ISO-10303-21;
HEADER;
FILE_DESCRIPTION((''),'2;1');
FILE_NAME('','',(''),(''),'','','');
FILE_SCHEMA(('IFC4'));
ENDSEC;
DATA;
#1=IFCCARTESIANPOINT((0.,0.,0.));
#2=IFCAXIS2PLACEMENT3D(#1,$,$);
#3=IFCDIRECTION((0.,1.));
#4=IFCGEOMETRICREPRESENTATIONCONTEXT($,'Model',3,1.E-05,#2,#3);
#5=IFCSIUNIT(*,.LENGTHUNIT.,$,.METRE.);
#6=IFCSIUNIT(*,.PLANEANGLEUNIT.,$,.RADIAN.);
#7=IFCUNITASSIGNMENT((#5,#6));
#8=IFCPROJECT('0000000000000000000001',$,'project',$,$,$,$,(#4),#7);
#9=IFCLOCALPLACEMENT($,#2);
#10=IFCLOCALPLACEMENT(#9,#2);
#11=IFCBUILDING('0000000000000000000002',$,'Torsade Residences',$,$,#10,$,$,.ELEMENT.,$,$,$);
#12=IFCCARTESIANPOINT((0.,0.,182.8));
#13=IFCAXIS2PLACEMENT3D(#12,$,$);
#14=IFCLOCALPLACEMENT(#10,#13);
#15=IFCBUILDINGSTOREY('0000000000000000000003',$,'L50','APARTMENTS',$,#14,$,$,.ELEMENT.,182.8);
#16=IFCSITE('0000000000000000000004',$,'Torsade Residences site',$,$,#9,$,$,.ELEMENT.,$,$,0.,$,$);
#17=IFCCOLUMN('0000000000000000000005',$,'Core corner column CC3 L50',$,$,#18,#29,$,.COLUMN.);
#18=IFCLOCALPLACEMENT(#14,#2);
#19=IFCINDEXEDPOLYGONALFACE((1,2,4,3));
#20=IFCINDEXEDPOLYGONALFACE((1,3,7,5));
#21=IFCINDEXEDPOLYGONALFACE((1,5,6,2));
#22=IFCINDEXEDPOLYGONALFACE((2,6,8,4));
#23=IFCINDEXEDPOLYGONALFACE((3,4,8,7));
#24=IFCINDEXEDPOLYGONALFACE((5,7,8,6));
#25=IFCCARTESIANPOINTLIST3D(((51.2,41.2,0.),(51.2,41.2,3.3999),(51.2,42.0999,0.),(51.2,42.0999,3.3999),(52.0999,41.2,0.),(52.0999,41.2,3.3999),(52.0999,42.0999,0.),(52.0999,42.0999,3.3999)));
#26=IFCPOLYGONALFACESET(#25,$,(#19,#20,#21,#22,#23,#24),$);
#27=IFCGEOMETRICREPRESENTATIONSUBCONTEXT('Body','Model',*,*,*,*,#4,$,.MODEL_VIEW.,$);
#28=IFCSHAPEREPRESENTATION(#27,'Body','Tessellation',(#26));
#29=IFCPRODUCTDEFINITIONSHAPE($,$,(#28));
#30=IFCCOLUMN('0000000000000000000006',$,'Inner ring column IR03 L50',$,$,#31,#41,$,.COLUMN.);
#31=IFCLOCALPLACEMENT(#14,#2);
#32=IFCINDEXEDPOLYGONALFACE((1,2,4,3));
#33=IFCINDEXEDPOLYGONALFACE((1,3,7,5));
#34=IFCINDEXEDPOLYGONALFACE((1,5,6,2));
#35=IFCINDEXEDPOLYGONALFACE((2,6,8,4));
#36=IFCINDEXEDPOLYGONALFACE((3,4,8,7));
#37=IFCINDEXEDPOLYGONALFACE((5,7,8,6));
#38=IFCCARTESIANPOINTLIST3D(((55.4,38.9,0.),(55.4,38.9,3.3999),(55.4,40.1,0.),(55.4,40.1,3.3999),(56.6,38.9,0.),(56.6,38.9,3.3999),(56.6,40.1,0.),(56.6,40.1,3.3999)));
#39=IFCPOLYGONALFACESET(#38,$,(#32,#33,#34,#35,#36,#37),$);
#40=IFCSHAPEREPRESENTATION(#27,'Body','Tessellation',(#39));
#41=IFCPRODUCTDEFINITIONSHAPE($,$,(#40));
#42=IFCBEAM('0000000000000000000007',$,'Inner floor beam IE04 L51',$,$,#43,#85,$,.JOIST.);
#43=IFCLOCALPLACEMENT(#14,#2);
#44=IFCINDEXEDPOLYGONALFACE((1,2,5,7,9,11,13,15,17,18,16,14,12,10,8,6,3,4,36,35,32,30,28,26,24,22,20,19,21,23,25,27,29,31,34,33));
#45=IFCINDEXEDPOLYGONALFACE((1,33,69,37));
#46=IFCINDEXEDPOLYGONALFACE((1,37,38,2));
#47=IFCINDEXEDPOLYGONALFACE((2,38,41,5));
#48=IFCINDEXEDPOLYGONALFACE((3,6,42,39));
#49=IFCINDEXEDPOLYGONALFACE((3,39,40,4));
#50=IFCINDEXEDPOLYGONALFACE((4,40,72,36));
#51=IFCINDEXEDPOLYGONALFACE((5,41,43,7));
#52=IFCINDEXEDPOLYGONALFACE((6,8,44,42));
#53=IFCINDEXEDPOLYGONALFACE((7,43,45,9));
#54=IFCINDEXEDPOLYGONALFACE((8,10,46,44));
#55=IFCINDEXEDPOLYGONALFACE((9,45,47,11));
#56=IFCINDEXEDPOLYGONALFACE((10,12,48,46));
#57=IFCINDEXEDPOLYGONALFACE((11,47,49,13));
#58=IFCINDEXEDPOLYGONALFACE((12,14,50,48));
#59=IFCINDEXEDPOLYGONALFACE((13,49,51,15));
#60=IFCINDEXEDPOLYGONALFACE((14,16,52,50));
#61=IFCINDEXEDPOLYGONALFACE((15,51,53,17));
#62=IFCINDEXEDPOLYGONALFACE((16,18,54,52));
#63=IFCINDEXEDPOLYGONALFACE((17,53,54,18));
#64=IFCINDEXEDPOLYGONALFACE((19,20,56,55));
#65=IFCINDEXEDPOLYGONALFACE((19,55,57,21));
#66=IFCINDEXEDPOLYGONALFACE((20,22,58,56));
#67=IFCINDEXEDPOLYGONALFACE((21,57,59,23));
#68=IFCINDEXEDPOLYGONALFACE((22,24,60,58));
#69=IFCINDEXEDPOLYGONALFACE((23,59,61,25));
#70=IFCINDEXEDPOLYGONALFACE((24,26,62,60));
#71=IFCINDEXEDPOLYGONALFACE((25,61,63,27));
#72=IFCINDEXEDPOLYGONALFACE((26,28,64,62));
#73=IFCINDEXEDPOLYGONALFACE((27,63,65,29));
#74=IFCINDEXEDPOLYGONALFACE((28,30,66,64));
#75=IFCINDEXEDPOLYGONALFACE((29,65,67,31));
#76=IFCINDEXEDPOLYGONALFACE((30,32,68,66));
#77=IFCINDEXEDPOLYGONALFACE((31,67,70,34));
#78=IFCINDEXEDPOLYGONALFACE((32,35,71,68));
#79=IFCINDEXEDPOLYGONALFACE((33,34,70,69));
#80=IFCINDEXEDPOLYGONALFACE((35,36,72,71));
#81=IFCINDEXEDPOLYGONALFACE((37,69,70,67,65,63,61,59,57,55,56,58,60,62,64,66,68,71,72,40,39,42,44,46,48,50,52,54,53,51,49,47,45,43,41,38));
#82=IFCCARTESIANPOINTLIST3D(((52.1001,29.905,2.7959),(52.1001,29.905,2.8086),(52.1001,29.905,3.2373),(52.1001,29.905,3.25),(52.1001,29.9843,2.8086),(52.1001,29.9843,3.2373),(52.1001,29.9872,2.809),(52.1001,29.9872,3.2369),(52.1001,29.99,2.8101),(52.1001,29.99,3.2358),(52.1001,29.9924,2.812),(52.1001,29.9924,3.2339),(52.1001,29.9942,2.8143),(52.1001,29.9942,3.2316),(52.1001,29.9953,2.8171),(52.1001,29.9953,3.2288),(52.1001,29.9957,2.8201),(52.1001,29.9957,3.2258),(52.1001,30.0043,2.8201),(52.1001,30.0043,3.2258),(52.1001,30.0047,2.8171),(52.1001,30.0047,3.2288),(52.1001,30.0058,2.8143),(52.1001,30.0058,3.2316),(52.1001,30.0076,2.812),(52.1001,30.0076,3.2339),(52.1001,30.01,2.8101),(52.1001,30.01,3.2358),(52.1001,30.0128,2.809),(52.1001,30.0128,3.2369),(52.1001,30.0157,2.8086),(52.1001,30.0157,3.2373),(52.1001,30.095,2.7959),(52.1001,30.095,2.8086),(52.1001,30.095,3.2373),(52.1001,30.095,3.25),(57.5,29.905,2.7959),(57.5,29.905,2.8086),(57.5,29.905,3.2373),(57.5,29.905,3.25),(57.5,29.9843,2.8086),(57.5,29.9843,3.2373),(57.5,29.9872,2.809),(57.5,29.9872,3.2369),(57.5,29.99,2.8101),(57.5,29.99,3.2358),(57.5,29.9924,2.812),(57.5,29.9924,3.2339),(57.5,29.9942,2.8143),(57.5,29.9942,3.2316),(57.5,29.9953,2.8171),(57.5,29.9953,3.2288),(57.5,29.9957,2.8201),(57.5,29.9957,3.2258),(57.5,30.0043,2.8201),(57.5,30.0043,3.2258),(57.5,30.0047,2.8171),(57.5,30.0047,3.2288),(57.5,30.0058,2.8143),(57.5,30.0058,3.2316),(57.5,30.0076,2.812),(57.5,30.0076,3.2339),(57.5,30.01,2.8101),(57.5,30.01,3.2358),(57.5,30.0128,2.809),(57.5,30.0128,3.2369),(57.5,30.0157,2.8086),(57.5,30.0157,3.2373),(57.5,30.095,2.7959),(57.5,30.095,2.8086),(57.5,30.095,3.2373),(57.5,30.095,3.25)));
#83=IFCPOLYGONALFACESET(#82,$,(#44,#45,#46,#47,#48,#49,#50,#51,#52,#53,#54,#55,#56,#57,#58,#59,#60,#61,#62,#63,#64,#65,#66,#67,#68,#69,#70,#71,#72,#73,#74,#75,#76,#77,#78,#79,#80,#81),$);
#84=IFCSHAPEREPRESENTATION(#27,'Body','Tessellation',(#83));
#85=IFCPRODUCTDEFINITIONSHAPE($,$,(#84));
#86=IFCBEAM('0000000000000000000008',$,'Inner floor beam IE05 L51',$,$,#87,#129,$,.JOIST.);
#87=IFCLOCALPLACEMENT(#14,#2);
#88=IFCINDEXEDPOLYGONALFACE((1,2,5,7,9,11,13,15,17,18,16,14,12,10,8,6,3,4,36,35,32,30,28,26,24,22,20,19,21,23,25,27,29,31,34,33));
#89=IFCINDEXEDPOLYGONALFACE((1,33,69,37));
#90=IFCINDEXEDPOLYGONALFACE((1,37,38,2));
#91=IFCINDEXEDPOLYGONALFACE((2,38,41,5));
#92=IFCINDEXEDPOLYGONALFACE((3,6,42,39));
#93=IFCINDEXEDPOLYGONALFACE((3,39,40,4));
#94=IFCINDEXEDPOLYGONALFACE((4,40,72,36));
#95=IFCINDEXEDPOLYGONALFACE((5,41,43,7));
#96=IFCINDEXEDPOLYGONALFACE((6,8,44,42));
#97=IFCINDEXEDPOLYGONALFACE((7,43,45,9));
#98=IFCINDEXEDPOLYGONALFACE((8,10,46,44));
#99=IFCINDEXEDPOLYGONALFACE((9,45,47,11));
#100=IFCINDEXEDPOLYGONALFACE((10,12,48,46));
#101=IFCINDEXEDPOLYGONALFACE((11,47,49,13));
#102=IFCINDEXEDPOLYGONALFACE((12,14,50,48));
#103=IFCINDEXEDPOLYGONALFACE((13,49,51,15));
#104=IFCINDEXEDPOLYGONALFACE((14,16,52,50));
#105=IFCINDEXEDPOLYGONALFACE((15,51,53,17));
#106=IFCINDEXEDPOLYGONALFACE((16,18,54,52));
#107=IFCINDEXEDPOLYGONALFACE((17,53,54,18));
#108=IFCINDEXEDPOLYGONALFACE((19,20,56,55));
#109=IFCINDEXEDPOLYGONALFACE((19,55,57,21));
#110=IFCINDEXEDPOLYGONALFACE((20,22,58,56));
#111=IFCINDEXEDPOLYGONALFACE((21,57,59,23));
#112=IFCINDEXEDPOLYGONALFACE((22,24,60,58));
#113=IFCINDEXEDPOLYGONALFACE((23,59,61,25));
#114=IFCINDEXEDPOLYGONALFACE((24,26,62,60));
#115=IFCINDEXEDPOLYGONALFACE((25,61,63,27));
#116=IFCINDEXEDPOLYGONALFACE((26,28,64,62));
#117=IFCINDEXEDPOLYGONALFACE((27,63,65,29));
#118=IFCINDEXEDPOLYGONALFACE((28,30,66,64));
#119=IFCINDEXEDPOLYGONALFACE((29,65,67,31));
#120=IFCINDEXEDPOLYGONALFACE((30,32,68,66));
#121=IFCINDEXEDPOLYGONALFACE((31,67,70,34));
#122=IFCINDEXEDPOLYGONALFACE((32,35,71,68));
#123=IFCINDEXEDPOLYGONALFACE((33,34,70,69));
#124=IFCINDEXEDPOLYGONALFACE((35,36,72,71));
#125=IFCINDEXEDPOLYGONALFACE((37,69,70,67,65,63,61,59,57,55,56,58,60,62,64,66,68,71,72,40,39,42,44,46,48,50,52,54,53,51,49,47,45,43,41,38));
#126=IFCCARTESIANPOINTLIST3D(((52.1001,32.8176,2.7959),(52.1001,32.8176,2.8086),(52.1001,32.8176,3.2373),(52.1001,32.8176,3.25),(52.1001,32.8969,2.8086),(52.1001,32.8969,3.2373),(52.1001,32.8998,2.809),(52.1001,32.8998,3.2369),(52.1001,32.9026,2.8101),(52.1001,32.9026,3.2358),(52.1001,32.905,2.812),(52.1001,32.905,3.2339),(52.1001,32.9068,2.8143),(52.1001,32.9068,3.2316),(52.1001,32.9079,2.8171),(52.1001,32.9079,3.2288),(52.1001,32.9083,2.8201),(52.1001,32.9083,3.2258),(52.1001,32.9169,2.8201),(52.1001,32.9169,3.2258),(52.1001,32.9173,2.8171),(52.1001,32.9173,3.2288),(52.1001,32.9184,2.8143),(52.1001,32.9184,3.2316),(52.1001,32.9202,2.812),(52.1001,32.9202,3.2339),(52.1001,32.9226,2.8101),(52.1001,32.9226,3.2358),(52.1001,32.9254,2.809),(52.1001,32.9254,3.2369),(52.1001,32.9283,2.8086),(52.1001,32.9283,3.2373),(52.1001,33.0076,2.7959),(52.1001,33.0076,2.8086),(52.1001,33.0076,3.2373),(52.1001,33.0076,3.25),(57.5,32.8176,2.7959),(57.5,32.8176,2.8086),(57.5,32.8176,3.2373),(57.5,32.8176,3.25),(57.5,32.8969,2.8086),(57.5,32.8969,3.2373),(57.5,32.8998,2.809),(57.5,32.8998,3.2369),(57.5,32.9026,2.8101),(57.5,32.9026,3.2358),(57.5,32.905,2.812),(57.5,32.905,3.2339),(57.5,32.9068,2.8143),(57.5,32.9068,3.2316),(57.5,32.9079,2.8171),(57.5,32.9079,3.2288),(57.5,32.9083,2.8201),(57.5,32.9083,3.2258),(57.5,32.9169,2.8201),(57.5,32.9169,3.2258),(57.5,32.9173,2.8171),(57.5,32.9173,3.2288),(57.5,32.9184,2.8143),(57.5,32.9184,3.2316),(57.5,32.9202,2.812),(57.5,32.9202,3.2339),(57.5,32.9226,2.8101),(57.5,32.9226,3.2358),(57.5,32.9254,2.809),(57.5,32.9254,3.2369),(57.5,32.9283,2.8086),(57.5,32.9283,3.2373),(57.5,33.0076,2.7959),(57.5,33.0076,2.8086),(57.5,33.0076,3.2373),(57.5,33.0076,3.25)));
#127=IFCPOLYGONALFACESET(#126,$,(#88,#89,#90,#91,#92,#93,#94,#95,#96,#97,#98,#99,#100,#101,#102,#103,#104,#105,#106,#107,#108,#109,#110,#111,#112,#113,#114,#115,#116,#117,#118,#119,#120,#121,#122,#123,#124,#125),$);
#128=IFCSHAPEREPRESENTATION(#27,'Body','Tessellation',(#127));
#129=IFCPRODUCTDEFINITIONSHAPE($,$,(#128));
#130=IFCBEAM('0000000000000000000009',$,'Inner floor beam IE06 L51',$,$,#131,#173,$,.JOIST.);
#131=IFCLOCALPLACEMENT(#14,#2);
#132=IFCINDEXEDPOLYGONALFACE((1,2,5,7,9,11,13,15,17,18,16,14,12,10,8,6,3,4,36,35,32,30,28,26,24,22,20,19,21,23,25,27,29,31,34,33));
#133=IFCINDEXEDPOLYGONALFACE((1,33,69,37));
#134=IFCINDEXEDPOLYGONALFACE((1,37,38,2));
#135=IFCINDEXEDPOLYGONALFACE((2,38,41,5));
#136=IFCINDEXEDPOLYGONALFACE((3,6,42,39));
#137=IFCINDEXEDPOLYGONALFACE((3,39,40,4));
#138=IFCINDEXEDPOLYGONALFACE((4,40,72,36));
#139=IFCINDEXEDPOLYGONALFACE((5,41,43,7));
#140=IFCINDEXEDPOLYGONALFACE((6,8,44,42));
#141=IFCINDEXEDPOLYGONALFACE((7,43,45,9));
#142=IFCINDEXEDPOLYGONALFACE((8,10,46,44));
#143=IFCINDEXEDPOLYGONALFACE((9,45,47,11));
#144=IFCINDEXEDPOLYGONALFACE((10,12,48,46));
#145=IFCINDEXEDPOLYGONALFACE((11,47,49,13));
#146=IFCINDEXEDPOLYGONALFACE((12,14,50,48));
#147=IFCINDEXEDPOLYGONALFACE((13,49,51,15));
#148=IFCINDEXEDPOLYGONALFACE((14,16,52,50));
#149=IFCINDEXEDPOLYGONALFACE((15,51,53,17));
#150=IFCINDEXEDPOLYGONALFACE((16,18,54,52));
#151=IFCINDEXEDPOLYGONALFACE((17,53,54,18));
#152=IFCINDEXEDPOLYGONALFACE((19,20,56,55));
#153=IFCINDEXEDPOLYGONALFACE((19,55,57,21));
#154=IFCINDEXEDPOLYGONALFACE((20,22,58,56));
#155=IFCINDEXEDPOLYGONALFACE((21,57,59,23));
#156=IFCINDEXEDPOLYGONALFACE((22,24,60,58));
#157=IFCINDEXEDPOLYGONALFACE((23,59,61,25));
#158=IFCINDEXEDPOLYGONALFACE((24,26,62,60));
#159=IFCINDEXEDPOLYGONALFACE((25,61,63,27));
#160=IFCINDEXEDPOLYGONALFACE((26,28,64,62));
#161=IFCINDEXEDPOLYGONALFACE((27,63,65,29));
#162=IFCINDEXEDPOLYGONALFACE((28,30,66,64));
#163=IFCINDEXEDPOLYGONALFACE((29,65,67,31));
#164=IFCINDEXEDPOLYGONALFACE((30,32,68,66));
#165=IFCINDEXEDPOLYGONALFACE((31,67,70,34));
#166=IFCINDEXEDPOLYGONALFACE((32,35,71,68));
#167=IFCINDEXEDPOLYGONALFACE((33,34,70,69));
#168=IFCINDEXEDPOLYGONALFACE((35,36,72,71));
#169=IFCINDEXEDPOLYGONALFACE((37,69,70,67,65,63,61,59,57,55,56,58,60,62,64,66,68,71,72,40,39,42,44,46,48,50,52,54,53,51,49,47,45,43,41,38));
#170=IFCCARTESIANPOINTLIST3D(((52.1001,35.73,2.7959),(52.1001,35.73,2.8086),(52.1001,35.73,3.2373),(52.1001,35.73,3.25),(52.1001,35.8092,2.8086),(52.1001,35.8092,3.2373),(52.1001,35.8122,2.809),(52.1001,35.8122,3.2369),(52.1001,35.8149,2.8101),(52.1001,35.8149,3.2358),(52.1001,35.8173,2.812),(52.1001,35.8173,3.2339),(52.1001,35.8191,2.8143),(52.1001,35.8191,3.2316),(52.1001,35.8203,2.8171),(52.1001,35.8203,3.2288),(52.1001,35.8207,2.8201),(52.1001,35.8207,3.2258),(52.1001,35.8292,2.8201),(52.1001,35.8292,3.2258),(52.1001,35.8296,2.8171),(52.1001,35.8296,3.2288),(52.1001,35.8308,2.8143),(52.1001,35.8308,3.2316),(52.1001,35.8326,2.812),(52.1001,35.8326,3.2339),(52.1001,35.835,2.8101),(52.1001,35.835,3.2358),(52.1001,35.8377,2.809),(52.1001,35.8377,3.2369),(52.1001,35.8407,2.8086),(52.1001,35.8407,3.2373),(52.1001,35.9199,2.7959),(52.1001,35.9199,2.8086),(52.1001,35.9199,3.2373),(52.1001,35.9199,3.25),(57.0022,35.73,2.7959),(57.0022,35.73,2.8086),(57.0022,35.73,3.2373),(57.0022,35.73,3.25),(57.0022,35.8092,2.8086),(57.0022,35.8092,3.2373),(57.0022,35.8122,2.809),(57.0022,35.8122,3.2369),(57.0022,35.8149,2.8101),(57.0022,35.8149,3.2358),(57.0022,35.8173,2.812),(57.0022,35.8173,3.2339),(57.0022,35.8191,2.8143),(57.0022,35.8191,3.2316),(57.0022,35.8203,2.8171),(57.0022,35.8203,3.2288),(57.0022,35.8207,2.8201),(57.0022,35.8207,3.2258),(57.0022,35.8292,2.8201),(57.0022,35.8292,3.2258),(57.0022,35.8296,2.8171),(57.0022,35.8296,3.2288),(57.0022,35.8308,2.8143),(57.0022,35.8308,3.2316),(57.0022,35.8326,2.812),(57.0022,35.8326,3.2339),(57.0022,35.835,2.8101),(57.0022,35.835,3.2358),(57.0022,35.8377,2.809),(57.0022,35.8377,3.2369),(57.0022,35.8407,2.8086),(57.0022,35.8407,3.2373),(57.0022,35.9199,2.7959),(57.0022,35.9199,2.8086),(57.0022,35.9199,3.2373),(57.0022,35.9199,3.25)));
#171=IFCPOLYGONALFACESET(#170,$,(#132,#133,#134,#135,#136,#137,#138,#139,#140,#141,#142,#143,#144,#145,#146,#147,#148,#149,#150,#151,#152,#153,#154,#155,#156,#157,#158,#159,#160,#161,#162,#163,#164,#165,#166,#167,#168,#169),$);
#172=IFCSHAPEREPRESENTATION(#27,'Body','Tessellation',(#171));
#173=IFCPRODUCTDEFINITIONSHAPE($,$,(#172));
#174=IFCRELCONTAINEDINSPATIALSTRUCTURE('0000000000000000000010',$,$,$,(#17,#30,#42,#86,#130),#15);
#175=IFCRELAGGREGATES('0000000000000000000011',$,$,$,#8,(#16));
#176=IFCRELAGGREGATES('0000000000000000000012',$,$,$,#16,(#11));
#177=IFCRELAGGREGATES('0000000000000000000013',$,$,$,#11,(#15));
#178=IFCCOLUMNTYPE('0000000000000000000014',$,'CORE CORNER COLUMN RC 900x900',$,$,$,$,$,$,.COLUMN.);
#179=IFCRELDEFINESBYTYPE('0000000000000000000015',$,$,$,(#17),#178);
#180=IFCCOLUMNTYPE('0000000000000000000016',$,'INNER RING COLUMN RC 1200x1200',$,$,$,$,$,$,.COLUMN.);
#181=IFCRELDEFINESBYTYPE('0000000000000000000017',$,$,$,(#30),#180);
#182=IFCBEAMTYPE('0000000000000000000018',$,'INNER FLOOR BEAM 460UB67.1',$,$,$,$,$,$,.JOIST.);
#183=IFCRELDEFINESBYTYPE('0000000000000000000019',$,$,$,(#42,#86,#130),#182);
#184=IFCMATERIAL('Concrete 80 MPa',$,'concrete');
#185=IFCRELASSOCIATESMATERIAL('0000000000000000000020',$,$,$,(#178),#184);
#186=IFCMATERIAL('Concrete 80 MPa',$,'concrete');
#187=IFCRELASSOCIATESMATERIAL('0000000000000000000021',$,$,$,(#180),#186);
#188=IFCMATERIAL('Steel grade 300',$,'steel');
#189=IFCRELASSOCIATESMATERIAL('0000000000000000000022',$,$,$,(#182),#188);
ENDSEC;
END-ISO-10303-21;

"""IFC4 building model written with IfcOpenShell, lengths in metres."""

from ifc_helpers import new_model, si_unit, direction, frame, origin, origin_2d, place, context, subcontext, project, spatial, rectangle, i_section, extrude, material, material_profile, profile_set, type_object, element, save


model = new_model("IFC4")

# Units and contexts
model_context = context("Model", 3, precision=1e-05, world=origin(), true_north=direction((0.0, 1.0)))
body_context = subcontext(model_context, "Body", "Model", "MODEL_VIEW")
ifc_project = project(units=[si_unit("LENGTHUNIT", "METRE"), si_unit("PLANEANGLEUNIT", "RADIAN")], contexts=[model_context])

# Site, building, storey
site_placement = place(None, origin())
site = spatial("IfcSite", under=ifc_project, at=site_placement, Name="Torsade Residences site", CompositionType="ELEMENT", RefElevation=0.0)
building_placement = place(site_placement, origin())
building = spatial("IfcBuilding", under=site, at=building_placement, Name="Torsade Residences", CompositionType="ELEMENT")
storey_placement = place(building_placement, frame((0.0, 0.0, 182.8)))
storey = spatial("IfcBuildingStorey", under=building, at=storey_placement, Name="L50", Description="APARTMENTS", CompositionType="ELEMENT", Elevation=182.8)

# Columns
ifc_material_1 = material(Name="Concrete 80 MPa", Category="concrete")
ifc_material_profile_1 = material_profile(ifc_material_1, rectangle(XDim=0.8999, YDim=0.8999, at=origin_2d()), Name="RC 900x900")
ifc_profile_set_1 = profile_set([ifc_material_profile_1], Name="Concrete 80 MPa")
column_type_1 = type_object("IfcColumnType", Name="CORE CORNER COLUMN RC 900x900", PredefinedType="COLUMN", material=ifc_profile_set_1)
column_1_placement = place(storey_placement, frame((51.6499, 41.6499, 0.0), z_axis=(0.0, 0.0, 1.0), x_axis=(1.0, 0.0, 0.0)))
element("IfcColumn", 1, at=column_1_placement, inside=storey, type_object=column_type_1, Name="Core corner column CC3 L50", PredefinedType="COLUMN", context=body_context, shape_type="SweptSolid", body=[
    extrude(rectangle(XDim=0.8999, YDim=0.8999, at=origin_2d()), origin(), (0.0, 0.0, 1.0), 3.3999),
])
ifc_material_2 = material(Name="Concrete 80 MPa", Category="concrete")
ifc_material_profile_2 = material_profile(ifc_material_2, rectangle(XDim=1.2, YDim=1.2, at=origin_2d()), Name="RC 1200x1200")
ifc_profile_set_2 = profile_set([ifc_material_profile_2], Name="Concrete 80 MPa")
column_type_2 = type_object("IfcColumnType", Name="INNER RING COLUMN RC 1200x1200", PredefinedType="COLUMN", material=ifc_profile_set_2)
column_2_placement = place(storey_placement, frame((56.0, 39.5, 0.0), z_axis=(0.0, 0.0, 1.0), x_axis=(1.0, 0.0, 0.0)))
element("IfcColumn", 2, at=column_2_placement, inside=storey, type_object=column_type_2, Name="Inner ring column IR03 L50", PredefinedType="COLUMN", context=body_context, shape_type="SweptSolid", body=[
    extrude(rectangle(XDim=1.2, YDim=1.2, at=origin_2d()), origin(), (0.0, 0.0, 1.0), 3.3999),
])

# Beams
ifc_material_3 = material(Name="Steel grade 300", Category="steel")
ifc_material_profile_3 = material_profile(ifc_material_3, i_section(OverallWidth=0.1899, OverallDepth=0.4541, WebThickness=0.0085, FlangeThickness=0.0127, FilletRadius=0.0115, at=origin_2d()), Name="460UB67.1")
ifc_profile_set_3 = profile_set([ifc_material_profile_3], Name="Steel grade 300")
beam_type_1 = type_object("IfcBeamType", Name="INNER FLOOR BEAM 460UB67.1", PredefinedType="JOIST", material=ifc_profile_set_3)
for number, where, z_axis, x_axis, name in (
    (3, (52.1001, 30.0, 3.0229), (1.0, 0.0, 0.0), (0.0, 1.0, 0.0), "Inner floor beam IE04 L51"),
    (4, (52.1001, 32.9126, 3.0229), (1.0, 0.0, 0.0), (0.0, 1.0, 0.0), "Inner floor beam IE05 L51"),
):
    element("IfcBeam", number, at=place(storey_placement, frame(where, z_axis=z_axis, x_axis=x_axis)), inside=storey, type_object=beam_type_1, Name=name, PredefinedType="JOIST", context=body_context, shape_type="SweptSolid", body=[
        extrude(i_section(OverallWidth=0.1899, OverallDepth=0.4541, WebThickness=0.0085, FlangeThickness=0.0127, FilletRadius=0.0115, at=origin_2d()), origin(), (0.0, 0.0, 1.0), 5.3999),
    ])
beam_1_placement = place(storey_placement, frame((52.1001, 35.825, 3.0229), z_axis=(1.0, 0.0, 0.0), x_axis=(0.0, 1.0, 0.0)))
element("IfcBeam", 5, at=beam_1_placement, inside=storey, type_object=beam_type_1, Name="Inner floor beam IE06 L51", PredefinedType="JOIST", context=body_context, shape_type="SweptSolid", body=[
    extrude(i_section(OverallWidth=0.1899, OverallDepth=0.4541, WebThickness=0.0085, FlangeThickness=0.0127, FilletRadius=0.0115, at=origin_2d()), origin(), (0.0, 0.0, 1.0), 4.9021),
])

save(model, "model.ifc")
